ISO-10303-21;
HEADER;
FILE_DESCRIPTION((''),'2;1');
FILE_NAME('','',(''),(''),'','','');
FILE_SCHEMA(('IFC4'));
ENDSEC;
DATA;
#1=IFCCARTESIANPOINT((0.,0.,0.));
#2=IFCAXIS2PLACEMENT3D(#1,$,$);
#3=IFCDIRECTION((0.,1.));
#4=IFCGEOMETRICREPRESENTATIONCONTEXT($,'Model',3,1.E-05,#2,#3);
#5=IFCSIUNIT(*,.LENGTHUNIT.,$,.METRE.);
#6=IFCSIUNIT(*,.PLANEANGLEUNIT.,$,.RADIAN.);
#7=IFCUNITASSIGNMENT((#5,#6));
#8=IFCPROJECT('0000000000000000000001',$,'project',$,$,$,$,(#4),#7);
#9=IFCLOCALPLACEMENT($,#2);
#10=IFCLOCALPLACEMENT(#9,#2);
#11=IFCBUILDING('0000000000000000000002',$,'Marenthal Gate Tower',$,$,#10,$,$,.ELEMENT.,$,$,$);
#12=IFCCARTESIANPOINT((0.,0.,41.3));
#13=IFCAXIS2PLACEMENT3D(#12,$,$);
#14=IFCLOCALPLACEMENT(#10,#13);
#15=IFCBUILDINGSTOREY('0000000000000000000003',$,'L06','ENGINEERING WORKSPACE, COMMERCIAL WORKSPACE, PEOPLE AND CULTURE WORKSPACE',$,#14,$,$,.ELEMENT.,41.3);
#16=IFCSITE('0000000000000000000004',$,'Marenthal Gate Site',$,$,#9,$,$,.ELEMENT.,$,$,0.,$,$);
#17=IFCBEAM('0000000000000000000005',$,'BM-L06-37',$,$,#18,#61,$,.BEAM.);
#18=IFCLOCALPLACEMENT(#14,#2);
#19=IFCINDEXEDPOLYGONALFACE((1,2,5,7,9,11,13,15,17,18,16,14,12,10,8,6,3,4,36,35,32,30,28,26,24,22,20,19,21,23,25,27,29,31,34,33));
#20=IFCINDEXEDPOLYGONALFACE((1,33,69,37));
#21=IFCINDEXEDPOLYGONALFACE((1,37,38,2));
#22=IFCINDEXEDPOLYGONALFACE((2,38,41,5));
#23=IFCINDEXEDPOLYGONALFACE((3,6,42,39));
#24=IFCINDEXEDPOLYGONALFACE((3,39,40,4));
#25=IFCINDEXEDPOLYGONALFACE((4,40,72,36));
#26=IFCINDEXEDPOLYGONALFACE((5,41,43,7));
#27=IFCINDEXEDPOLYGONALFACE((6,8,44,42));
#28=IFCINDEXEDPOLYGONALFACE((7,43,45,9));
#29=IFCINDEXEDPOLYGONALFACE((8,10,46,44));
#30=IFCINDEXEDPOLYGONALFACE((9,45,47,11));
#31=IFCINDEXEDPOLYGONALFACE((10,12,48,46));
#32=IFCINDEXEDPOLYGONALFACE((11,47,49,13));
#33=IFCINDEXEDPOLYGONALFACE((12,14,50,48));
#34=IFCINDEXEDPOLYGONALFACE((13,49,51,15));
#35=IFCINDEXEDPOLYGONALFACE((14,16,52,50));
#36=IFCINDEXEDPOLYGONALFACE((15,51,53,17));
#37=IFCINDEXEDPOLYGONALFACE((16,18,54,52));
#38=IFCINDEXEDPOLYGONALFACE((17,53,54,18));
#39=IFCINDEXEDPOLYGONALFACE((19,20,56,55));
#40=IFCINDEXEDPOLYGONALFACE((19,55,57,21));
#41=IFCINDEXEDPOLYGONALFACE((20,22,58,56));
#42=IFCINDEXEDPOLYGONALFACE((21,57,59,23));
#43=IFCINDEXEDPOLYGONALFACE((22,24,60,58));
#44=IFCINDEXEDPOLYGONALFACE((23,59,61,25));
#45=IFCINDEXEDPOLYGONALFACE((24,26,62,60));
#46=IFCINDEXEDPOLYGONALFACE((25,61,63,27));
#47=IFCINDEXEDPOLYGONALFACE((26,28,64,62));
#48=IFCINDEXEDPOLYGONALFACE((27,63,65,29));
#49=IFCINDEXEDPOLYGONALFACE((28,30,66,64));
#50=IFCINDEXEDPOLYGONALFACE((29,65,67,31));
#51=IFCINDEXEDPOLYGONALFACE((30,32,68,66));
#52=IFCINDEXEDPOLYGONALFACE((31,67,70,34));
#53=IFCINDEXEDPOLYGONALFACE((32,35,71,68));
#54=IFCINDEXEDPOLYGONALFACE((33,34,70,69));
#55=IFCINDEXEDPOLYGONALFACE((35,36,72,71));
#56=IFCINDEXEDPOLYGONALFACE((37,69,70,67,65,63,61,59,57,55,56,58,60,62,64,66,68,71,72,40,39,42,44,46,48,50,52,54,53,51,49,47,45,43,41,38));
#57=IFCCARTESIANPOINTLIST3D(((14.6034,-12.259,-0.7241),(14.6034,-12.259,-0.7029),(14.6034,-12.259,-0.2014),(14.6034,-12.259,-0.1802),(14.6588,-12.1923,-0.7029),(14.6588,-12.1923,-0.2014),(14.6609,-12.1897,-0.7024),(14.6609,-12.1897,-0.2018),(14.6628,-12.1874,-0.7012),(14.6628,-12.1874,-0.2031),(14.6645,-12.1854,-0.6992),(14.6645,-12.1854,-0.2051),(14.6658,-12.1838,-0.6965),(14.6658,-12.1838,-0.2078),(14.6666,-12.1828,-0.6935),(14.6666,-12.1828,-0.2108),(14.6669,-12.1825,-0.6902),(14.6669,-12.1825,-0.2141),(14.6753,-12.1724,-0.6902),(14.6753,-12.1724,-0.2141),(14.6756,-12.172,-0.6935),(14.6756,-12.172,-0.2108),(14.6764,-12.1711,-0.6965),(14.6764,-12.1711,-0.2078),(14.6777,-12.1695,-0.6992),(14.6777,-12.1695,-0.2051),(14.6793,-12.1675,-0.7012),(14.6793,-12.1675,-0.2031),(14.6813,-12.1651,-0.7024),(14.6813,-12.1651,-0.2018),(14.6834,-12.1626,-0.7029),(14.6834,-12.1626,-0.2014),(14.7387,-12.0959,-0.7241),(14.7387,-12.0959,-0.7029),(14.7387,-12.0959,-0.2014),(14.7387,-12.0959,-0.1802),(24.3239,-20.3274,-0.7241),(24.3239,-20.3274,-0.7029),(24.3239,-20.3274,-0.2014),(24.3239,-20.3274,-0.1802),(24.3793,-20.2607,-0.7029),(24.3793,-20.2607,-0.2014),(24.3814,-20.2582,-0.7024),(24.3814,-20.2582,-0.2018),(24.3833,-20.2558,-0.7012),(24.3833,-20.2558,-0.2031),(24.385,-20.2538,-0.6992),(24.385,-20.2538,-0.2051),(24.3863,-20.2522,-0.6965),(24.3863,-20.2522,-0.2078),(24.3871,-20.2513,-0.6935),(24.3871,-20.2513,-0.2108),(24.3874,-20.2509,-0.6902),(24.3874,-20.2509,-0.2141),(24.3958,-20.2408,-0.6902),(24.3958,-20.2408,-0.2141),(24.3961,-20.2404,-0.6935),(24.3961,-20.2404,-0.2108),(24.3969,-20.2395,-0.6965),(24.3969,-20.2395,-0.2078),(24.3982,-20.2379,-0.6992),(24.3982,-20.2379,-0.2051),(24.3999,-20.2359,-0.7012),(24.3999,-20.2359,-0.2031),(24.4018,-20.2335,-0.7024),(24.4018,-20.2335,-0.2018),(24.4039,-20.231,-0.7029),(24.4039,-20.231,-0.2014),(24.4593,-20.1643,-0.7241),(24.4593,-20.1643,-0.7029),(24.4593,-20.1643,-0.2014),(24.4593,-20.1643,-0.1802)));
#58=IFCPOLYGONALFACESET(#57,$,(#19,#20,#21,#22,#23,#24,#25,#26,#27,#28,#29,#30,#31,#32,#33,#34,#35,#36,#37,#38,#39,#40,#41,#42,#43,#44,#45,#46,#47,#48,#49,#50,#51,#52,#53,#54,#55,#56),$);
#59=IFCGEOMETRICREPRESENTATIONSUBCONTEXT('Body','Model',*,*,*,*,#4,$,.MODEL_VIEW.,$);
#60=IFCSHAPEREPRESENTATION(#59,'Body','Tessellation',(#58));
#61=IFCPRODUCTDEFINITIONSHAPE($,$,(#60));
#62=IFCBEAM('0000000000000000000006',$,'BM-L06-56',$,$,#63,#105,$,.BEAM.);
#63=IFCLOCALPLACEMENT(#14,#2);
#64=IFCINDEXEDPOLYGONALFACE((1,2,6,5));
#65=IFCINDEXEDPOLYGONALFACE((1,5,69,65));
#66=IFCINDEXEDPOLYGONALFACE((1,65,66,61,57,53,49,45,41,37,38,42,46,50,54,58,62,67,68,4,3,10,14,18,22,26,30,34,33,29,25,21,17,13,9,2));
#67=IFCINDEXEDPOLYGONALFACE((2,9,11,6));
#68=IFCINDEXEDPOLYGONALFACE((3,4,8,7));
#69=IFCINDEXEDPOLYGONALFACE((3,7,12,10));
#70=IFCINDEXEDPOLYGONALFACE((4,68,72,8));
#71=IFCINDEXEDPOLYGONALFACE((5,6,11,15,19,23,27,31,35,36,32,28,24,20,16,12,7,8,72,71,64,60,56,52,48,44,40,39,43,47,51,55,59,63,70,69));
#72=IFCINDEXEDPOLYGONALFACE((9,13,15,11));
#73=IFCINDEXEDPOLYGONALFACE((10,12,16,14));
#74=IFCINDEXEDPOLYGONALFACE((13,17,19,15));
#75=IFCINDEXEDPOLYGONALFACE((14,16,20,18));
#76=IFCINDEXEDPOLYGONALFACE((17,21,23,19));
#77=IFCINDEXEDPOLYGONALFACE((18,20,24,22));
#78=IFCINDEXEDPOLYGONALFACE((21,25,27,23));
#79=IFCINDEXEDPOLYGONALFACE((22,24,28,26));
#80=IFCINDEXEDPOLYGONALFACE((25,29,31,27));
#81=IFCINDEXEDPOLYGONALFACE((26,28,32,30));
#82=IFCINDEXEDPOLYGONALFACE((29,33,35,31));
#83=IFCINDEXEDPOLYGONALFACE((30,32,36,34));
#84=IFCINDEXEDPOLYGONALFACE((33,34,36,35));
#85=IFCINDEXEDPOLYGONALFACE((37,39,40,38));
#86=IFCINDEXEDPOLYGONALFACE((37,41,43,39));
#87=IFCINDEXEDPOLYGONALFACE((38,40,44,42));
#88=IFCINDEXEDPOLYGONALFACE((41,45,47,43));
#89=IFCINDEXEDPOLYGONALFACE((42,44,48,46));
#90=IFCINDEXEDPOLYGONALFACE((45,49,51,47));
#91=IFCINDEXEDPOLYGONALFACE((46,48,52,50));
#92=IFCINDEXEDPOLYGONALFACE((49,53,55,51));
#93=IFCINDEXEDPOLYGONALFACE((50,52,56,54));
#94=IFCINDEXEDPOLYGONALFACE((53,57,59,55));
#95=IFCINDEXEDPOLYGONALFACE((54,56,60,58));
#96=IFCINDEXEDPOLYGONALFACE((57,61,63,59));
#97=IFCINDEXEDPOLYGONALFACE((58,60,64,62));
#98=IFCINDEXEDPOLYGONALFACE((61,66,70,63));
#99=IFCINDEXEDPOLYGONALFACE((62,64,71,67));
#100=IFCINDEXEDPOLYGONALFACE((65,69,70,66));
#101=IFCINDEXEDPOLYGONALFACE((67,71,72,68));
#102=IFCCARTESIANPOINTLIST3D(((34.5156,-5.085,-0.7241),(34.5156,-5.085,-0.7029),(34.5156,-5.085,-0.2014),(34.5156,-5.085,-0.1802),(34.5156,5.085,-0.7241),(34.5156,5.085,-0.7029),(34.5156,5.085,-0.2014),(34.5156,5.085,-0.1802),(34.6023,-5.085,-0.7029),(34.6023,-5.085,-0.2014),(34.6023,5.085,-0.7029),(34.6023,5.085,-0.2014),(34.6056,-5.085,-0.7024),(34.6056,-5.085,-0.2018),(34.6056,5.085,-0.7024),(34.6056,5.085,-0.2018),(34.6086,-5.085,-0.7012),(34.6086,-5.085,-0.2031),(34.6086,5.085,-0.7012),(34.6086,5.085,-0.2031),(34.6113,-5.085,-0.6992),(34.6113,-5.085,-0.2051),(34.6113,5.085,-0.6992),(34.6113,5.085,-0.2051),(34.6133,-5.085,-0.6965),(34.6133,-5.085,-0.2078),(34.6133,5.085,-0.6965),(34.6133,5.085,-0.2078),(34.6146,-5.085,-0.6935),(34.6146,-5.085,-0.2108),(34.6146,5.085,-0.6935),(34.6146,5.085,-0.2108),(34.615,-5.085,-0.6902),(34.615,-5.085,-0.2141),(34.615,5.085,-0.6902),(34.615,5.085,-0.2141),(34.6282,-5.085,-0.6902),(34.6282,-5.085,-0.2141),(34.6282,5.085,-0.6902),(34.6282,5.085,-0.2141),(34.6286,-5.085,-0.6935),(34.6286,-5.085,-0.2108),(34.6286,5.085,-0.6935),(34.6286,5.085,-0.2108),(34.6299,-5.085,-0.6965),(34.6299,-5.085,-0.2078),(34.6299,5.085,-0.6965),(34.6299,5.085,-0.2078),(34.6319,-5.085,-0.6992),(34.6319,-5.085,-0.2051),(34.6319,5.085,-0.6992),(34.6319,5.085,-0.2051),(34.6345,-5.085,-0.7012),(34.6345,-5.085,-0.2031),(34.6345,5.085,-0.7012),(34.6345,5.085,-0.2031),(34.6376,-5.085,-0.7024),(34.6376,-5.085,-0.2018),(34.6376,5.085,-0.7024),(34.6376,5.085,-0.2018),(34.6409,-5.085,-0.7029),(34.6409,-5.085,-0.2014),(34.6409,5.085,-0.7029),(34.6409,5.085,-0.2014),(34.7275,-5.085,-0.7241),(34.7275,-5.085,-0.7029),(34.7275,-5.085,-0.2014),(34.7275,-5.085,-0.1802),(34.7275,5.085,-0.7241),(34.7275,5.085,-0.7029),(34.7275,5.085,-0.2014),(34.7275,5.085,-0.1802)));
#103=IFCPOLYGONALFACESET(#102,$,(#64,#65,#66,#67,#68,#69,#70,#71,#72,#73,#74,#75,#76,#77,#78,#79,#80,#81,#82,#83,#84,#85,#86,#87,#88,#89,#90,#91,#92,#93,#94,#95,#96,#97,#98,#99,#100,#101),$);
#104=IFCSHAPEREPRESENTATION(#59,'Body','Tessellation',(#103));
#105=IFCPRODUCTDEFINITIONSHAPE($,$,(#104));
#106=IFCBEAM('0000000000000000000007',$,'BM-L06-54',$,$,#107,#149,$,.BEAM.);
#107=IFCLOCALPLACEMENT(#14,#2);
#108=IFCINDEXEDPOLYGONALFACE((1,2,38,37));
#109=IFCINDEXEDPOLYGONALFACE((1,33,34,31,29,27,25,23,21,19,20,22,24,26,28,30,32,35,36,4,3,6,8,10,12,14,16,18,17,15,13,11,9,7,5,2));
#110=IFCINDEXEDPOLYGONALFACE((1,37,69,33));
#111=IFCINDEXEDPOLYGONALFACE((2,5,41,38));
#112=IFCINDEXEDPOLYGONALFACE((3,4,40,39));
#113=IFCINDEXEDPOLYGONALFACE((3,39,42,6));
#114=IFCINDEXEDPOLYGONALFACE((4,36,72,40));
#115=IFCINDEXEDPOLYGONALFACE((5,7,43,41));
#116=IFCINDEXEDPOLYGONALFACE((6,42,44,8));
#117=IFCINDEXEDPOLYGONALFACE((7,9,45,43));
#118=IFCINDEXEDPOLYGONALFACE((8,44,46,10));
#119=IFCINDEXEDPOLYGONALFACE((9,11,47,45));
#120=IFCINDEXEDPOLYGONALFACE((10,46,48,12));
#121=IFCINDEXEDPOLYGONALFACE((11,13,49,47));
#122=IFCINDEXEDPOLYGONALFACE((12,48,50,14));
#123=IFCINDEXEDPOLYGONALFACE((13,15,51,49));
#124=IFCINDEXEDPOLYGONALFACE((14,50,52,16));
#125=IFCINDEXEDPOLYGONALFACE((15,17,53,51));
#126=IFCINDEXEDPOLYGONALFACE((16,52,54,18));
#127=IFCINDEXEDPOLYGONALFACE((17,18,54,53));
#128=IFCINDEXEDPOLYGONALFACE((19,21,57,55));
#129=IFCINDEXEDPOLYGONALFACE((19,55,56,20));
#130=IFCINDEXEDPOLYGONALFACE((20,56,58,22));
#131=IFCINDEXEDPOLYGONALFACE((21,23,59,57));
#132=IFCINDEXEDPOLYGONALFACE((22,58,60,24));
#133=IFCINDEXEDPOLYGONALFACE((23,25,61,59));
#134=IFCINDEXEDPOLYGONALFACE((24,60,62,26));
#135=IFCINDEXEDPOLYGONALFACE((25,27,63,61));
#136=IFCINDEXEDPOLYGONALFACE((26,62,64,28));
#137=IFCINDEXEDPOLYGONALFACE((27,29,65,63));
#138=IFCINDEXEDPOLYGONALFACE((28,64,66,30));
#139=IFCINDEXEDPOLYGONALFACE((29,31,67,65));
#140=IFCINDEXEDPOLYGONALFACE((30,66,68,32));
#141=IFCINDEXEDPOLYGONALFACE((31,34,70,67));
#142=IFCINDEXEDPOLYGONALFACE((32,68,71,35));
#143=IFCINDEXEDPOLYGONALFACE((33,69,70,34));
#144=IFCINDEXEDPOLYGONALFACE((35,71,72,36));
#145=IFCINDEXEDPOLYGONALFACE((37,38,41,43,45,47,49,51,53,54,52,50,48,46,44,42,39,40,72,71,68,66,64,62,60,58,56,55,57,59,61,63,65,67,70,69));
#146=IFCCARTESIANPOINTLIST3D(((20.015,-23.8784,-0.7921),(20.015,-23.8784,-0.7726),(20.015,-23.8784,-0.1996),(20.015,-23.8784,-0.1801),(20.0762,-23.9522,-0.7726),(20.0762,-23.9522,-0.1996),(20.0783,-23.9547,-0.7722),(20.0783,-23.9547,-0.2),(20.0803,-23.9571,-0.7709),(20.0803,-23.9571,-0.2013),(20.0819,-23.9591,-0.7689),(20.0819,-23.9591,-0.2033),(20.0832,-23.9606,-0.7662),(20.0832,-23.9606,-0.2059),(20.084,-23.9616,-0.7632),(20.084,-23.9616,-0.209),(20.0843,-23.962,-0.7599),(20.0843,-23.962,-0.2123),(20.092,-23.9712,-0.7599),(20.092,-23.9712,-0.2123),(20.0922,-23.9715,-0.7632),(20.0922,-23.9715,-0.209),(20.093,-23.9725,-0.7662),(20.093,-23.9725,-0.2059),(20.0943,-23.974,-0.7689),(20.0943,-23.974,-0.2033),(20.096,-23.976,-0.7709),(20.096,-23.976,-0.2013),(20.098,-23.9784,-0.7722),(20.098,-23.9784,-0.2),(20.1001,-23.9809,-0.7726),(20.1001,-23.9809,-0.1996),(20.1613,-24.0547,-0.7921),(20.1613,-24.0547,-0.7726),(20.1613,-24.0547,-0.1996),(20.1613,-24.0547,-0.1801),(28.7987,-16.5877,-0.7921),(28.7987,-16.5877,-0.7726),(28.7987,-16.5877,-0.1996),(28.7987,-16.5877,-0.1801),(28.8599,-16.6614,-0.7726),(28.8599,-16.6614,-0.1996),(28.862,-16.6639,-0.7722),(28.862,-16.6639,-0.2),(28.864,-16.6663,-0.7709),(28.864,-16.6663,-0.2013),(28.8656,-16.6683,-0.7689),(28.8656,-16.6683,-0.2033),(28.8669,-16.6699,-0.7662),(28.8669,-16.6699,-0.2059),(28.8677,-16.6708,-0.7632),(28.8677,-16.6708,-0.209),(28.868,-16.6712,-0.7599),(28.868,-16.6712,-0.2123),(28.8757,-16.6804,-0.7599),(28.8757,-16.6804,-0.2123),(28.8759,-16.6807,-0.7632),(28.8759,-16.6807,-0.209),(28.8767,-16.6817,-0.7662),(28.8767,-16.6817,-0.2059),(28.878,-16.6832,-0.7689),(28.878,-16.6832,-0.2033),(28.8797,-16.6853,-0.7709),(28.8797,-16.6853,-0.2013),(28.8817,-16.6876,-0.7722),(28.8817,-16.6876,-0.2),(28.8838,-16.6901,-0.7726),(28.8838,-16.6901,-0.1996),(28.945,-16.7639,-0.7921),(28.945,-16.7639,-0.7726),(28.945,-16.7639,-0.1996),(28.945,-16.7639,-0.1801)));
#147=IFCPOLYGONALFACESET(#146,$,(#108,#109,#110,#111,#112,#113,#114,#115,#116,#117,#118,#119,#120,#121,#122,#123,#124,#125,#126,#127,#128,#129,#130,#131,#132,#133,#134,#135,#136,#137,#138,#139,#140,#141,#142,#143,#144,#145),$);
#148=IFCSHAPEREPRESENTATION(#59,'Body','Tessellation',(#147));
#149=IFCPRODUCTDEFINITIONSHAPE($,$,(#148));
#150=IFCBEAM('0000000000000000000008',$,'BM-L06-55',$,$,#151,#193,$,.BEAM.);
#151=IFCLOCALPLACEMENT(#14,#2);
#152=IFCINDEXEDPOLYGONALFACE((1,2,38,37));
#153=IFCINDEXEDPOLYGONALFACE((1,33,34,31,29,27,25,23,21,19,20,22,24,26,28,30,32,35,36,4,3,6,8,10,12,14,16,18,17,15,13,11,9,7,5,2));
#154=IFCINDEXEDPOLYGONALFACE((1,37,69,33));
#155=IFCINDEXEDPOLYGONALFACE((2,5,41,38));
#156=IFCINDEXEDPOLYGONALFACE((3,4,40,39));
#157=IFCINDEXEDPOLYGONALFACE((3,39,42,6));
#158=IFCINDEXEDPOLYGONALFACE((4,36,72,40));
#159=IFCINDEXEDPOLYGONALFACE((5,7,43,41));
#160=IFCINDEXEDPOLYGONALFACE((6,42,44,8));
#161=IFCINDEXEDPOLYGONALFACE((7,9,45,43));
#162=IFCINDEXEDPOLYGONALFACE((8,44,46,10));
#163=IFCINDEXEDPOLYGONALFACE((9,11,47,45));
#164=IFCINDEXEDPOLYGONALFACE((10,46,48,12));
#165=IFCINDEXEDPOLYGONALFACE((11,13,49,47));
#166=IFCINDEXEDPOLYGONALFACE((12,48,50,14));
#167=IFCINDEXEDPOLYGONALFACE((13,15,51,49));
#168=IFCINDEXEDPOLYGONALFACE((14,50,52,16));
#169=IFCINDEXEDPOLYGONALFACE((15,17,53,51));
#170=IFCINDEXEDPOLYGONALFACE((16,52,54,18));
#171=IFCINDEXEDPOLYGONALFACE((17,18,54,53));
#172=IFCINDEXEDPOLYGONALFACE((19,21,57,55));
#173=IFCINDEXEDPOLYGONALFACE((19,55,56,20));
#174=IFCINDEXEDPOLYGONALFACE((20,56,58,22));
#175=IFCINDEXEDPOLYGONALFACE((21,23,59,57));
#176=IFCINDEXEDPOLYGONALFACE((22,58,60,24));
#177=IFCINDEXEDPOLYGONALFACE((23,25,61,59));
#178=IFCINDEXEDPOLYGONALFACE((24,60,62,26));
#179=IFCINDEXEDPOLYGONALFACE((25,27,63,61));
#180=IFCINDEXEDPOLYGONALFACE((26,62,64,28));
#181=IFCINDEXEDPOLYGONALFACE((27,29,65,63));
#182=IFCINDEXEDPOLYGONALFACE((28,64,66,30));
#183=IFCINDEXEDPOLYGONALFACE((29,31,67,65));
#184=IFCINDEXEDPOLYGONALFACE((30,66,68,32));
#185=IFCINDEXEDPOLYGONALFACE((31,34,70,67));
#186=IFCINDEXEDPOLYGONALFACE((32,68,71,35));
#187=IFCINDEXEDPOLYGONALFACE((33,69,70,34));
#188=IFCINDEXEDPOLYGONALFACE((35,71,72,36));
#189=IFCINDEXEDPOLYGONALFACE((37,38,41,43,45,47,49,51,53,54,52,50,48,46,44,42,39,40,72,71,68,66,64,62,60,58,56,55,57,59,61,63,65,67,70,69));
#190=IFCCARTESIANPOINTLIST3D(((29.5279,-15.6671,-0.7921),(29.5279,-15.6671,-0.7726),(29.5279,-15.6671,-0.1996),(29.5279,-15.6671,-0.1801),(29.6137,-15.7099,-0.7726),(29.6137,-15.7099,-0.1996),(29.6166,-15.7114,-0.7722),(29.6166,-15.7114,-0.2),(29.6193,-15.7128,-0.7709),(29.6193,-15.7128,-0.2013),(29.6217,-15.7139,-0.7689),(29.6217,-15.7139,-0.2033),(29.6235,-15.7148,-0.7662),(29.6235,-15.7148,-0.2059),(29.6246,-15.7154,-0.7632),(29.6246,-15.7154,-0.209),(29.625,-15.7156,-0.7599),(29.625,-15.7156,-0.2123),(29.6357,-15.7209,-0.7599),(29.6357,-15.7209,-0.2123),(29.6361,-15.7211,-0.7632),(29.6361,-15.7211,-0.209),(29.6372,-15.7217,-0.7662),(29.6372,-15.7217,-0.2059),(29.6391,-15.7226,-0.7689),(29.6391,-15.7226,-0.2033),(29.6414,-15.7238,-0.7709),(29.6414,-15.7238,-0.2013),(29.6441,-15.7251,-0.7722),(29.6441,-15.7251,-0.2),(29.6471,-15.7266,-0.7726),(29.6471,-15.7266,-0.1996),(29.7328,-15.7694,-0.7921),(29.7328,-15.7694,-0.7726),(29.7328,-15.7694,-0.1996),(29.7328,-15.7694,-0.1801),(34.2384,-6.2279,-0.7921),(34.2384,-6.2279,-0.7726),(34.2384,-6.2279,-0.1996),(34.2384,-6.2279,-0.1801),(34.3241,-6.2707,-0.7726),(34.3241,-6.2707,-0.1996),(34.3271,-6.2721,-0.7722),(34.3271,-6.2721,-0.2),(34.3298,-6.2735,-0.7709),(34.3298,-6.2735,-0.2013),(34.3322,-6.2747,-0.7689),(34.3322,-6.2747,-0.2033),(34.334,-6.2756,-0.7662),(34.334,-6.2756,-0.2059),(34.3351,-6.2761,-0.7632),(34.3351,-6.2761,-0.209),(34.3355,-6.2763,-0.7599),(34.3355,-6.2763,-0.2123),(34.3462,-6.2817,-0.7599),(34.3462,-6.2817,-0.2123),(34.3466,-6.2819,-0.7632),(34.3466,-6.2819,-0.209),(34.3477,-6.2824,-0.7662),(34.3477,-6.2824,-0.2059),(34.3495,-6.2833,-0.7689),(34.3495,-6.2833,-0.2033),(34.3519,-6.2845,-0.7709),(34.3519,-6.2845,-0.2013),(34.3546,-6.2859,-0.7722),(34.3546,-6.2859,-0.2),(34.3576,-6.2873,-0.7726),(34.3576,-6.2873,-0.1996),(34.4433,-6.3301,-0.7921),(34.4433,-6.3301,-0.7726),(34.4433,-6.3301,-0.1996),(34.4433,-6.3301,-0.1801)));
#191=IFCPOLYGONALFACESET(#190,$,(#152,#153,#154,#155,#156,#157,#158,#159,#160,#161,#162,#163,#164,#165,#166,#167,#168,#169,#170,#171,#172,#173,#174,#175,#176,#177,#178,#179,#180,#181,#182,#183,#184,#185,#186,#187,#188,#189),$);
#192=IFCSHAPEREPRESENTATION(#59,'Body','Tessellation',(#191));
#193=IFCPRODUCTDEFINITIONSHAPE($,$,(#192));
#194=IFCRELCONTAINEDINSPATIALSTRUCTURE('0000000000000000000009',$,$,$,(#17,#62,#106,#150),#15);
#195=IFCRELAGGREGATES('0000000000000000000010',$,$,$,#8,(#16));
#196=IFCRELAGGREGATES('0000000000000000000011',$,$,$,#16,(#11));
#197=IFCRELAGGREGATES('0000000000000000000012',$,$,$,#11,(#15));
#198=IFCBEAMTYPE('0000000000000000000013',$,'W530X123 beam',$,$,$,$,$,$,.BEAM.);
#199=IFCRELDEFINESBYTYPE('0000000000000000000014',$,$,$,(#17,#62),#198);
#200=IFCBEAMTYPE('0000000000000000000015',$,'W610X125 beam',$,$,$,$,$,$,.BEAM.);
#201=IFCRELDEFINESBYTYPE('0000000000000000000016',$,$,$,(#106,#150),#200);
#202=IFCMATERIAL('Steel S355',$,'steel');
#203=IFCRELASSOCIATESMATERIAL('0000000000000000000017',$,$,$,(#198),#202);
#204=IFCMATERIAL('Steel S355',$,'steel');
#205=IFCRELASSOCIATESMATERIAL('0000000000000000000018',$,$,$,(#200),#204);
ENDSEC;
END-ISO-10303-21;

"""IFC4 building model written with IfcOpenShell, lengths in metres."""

from ifc_helpers import new_model, si_unit, direction, frame, origin, origin_2d, place, context, subcontext, project, spatial, i_section, extrude, material, material_profile, profile_set, type_object, element, save


model = new_model("IFC4")

# Units and contexts
model_context = context("Model", 3, precision=1e-05, world=origin(), true_north=direction((0.0, 1.0)))
body_context = subcontext(model_context, "Body", "Model", "MODEL_VIEW")
ifc_project = project(units=[si_unit("LENGTHUNIT", "METRE"), si_unit("PLANEANGLEUNIT", "RADIAN")], contexts=[model_context])

# Site, building, storey
site_placement = place(None, origin())
site = spatial("IfcSite", under=ifc_project, at=site_placement, Name="Marenthal Gate Site", CompositionType="ELEMENT", RefElevation=0.0)
building_placement = place(site_placement, origin())
building = spatial("IfcBuilding", under=site, at=building_placement, Name="Marenthal Gate Tower", CompositionType="ELEMENT")
storey_placement = place(building_placement, frame((0.0, 0.0, 41.3)))
storey = spatial("IfcBuildingStorey", under=building, at=storey_placement, Name="L06", Description="ENGINEERING WORKSPACE, COMMERCIAL WORKSPACE, PEOPLE AND CULTURE WORKSPACE", CompositionType="ELEMENT", Elevation=41.3)

# Beams
ifc_material_1 = material(Name="Steel S355", Category="steel")
ifc_material_profile_1 = material_profile(ifc_material_1, i_section(OverallWidth=0.2119, OverallDepth=0.5439, WebThickness=0.0132, FlangeThickness=0.0212, FilletRadius=0.0127, at=origin_2d()), Name="W530X123")
ifc_profile_set_1 = profile_set([ifc_material_profile_1], Name="Steel S355")
beam_type_1 = type_object("IfcBeamType", Name="W530X123 beam", PredefinedType="BEAM", material=ifc_profile_set_1)
beam_1_placement = place(storey_placement, frame((24.3916, -20.2458, -0.4521), z_axis=(-0.769467, 0.638687, 0.0), x_axis=(-0.638687, -0.769467, 0.0)))
element("IfcBeam", 1, at=beam_1_placement, inside=storey, type_object=beam_type_1, Name="BM-L06-37", PredefinedType="BEAM", context=body_context, shape_type="SweptSolid", body=[
    extrude(i_section(OverallWidth=0.2119, OverallDepth=0.5439, WebThickness=0.0132, FlangeThickness=0.0212, FilletRadius=0.0127, at=origin_2d()), origin(), (0.0, 0.0, 1.0), 12.6328),
])
beam_2_placement = place(storey_placement, frame((34.6216, -5.085, -0.4521), z_axis=(0.0, 1.0, 0.0), x_axis=(-1.0, 0.0, 0.0)))
element("IfcBeam", 2, at=beam_2_placement, inside=storey, type_object=beam_type_1, Name="BM-L06-56", PredefinedType="BEAM", context=body_context, shape_type="SweptSolid", body=[
    extrude(i_section(OverallWidth=0.2119, OverallDepth=0.5439, WebThickness=0.0132, FlangeThickness=0.0212, FilletRadius=0.0127, at=origin_2d()), origin(), (0.0, 0.0, 1.0), 10.1699),
])
ifc_material_2 = material(Name="Steel S355", Category="steel")
ifc_material_profile_2 = material_profile(ifc_material_2, i_section(OverallWidth=0.229, OverallDepth=0.6121, WebThickness=0.012, FlangeThickness=0.0195, FilletRadius=0.0127, at=origin_2d()), Name="W610X125")
ifc_profile_set_2 = profile_set([ifc_material_profile_2], Name="Steel S355")
beam_type_2 = type_object("IfcBeamType", Name="W610X125 beam", PredefinedType="BEAM", material=ifc_profile_set_2)
beam_3_placement = place(storey_placement, frame((20.0881, -23.9666, -0.4861), z_axis=(0.769468, 0.638685, 0.0), x_axis=(-0.638685, 0.769468, 0.0)))
element("IfcBeam", 3, at=beam_3_placement, inside=storey, type_object=beam_type_2, Name="BM-L06-54", PredefinedType="BEAM", context=body_context, shape_type="SweptSolid", body=[
    extrude(i_section(OverallWidth=0.229, OverallDepth=0.6121, WebThickness=0.012, FlangeThickness=0.0195, FilletRadius=0.0127, at=origin_2d()), origin(), (0.0, 0.0, 1.0), 11.4153),
])
beam_4_placement = place(storey_placement, frame((29.6304, -15.7183, -0.4861), z_axis=(0.446519, 0.894774, 0.0), x_axis=(-0.894774, 0.446519, 0.0)))
element("IfcBeam", 4, at=beam_4_placement, inside=storey, type_object=beam_type_2, Name="BM-L06-55", PredefinedType="BEAM", context=body_context, shape_type="SweptSolid", body=[
    extrude(i_section(OverallWidth=0.229, OverallDepth=0.6121, WebThickness=0.012, FlangeThickness=0.0195, FilletRadius=0.0127, at=origin_2d()), origin(), (0.0, 0.0, 1.0), 10.5493),
])

save(model, "model.ifc")
